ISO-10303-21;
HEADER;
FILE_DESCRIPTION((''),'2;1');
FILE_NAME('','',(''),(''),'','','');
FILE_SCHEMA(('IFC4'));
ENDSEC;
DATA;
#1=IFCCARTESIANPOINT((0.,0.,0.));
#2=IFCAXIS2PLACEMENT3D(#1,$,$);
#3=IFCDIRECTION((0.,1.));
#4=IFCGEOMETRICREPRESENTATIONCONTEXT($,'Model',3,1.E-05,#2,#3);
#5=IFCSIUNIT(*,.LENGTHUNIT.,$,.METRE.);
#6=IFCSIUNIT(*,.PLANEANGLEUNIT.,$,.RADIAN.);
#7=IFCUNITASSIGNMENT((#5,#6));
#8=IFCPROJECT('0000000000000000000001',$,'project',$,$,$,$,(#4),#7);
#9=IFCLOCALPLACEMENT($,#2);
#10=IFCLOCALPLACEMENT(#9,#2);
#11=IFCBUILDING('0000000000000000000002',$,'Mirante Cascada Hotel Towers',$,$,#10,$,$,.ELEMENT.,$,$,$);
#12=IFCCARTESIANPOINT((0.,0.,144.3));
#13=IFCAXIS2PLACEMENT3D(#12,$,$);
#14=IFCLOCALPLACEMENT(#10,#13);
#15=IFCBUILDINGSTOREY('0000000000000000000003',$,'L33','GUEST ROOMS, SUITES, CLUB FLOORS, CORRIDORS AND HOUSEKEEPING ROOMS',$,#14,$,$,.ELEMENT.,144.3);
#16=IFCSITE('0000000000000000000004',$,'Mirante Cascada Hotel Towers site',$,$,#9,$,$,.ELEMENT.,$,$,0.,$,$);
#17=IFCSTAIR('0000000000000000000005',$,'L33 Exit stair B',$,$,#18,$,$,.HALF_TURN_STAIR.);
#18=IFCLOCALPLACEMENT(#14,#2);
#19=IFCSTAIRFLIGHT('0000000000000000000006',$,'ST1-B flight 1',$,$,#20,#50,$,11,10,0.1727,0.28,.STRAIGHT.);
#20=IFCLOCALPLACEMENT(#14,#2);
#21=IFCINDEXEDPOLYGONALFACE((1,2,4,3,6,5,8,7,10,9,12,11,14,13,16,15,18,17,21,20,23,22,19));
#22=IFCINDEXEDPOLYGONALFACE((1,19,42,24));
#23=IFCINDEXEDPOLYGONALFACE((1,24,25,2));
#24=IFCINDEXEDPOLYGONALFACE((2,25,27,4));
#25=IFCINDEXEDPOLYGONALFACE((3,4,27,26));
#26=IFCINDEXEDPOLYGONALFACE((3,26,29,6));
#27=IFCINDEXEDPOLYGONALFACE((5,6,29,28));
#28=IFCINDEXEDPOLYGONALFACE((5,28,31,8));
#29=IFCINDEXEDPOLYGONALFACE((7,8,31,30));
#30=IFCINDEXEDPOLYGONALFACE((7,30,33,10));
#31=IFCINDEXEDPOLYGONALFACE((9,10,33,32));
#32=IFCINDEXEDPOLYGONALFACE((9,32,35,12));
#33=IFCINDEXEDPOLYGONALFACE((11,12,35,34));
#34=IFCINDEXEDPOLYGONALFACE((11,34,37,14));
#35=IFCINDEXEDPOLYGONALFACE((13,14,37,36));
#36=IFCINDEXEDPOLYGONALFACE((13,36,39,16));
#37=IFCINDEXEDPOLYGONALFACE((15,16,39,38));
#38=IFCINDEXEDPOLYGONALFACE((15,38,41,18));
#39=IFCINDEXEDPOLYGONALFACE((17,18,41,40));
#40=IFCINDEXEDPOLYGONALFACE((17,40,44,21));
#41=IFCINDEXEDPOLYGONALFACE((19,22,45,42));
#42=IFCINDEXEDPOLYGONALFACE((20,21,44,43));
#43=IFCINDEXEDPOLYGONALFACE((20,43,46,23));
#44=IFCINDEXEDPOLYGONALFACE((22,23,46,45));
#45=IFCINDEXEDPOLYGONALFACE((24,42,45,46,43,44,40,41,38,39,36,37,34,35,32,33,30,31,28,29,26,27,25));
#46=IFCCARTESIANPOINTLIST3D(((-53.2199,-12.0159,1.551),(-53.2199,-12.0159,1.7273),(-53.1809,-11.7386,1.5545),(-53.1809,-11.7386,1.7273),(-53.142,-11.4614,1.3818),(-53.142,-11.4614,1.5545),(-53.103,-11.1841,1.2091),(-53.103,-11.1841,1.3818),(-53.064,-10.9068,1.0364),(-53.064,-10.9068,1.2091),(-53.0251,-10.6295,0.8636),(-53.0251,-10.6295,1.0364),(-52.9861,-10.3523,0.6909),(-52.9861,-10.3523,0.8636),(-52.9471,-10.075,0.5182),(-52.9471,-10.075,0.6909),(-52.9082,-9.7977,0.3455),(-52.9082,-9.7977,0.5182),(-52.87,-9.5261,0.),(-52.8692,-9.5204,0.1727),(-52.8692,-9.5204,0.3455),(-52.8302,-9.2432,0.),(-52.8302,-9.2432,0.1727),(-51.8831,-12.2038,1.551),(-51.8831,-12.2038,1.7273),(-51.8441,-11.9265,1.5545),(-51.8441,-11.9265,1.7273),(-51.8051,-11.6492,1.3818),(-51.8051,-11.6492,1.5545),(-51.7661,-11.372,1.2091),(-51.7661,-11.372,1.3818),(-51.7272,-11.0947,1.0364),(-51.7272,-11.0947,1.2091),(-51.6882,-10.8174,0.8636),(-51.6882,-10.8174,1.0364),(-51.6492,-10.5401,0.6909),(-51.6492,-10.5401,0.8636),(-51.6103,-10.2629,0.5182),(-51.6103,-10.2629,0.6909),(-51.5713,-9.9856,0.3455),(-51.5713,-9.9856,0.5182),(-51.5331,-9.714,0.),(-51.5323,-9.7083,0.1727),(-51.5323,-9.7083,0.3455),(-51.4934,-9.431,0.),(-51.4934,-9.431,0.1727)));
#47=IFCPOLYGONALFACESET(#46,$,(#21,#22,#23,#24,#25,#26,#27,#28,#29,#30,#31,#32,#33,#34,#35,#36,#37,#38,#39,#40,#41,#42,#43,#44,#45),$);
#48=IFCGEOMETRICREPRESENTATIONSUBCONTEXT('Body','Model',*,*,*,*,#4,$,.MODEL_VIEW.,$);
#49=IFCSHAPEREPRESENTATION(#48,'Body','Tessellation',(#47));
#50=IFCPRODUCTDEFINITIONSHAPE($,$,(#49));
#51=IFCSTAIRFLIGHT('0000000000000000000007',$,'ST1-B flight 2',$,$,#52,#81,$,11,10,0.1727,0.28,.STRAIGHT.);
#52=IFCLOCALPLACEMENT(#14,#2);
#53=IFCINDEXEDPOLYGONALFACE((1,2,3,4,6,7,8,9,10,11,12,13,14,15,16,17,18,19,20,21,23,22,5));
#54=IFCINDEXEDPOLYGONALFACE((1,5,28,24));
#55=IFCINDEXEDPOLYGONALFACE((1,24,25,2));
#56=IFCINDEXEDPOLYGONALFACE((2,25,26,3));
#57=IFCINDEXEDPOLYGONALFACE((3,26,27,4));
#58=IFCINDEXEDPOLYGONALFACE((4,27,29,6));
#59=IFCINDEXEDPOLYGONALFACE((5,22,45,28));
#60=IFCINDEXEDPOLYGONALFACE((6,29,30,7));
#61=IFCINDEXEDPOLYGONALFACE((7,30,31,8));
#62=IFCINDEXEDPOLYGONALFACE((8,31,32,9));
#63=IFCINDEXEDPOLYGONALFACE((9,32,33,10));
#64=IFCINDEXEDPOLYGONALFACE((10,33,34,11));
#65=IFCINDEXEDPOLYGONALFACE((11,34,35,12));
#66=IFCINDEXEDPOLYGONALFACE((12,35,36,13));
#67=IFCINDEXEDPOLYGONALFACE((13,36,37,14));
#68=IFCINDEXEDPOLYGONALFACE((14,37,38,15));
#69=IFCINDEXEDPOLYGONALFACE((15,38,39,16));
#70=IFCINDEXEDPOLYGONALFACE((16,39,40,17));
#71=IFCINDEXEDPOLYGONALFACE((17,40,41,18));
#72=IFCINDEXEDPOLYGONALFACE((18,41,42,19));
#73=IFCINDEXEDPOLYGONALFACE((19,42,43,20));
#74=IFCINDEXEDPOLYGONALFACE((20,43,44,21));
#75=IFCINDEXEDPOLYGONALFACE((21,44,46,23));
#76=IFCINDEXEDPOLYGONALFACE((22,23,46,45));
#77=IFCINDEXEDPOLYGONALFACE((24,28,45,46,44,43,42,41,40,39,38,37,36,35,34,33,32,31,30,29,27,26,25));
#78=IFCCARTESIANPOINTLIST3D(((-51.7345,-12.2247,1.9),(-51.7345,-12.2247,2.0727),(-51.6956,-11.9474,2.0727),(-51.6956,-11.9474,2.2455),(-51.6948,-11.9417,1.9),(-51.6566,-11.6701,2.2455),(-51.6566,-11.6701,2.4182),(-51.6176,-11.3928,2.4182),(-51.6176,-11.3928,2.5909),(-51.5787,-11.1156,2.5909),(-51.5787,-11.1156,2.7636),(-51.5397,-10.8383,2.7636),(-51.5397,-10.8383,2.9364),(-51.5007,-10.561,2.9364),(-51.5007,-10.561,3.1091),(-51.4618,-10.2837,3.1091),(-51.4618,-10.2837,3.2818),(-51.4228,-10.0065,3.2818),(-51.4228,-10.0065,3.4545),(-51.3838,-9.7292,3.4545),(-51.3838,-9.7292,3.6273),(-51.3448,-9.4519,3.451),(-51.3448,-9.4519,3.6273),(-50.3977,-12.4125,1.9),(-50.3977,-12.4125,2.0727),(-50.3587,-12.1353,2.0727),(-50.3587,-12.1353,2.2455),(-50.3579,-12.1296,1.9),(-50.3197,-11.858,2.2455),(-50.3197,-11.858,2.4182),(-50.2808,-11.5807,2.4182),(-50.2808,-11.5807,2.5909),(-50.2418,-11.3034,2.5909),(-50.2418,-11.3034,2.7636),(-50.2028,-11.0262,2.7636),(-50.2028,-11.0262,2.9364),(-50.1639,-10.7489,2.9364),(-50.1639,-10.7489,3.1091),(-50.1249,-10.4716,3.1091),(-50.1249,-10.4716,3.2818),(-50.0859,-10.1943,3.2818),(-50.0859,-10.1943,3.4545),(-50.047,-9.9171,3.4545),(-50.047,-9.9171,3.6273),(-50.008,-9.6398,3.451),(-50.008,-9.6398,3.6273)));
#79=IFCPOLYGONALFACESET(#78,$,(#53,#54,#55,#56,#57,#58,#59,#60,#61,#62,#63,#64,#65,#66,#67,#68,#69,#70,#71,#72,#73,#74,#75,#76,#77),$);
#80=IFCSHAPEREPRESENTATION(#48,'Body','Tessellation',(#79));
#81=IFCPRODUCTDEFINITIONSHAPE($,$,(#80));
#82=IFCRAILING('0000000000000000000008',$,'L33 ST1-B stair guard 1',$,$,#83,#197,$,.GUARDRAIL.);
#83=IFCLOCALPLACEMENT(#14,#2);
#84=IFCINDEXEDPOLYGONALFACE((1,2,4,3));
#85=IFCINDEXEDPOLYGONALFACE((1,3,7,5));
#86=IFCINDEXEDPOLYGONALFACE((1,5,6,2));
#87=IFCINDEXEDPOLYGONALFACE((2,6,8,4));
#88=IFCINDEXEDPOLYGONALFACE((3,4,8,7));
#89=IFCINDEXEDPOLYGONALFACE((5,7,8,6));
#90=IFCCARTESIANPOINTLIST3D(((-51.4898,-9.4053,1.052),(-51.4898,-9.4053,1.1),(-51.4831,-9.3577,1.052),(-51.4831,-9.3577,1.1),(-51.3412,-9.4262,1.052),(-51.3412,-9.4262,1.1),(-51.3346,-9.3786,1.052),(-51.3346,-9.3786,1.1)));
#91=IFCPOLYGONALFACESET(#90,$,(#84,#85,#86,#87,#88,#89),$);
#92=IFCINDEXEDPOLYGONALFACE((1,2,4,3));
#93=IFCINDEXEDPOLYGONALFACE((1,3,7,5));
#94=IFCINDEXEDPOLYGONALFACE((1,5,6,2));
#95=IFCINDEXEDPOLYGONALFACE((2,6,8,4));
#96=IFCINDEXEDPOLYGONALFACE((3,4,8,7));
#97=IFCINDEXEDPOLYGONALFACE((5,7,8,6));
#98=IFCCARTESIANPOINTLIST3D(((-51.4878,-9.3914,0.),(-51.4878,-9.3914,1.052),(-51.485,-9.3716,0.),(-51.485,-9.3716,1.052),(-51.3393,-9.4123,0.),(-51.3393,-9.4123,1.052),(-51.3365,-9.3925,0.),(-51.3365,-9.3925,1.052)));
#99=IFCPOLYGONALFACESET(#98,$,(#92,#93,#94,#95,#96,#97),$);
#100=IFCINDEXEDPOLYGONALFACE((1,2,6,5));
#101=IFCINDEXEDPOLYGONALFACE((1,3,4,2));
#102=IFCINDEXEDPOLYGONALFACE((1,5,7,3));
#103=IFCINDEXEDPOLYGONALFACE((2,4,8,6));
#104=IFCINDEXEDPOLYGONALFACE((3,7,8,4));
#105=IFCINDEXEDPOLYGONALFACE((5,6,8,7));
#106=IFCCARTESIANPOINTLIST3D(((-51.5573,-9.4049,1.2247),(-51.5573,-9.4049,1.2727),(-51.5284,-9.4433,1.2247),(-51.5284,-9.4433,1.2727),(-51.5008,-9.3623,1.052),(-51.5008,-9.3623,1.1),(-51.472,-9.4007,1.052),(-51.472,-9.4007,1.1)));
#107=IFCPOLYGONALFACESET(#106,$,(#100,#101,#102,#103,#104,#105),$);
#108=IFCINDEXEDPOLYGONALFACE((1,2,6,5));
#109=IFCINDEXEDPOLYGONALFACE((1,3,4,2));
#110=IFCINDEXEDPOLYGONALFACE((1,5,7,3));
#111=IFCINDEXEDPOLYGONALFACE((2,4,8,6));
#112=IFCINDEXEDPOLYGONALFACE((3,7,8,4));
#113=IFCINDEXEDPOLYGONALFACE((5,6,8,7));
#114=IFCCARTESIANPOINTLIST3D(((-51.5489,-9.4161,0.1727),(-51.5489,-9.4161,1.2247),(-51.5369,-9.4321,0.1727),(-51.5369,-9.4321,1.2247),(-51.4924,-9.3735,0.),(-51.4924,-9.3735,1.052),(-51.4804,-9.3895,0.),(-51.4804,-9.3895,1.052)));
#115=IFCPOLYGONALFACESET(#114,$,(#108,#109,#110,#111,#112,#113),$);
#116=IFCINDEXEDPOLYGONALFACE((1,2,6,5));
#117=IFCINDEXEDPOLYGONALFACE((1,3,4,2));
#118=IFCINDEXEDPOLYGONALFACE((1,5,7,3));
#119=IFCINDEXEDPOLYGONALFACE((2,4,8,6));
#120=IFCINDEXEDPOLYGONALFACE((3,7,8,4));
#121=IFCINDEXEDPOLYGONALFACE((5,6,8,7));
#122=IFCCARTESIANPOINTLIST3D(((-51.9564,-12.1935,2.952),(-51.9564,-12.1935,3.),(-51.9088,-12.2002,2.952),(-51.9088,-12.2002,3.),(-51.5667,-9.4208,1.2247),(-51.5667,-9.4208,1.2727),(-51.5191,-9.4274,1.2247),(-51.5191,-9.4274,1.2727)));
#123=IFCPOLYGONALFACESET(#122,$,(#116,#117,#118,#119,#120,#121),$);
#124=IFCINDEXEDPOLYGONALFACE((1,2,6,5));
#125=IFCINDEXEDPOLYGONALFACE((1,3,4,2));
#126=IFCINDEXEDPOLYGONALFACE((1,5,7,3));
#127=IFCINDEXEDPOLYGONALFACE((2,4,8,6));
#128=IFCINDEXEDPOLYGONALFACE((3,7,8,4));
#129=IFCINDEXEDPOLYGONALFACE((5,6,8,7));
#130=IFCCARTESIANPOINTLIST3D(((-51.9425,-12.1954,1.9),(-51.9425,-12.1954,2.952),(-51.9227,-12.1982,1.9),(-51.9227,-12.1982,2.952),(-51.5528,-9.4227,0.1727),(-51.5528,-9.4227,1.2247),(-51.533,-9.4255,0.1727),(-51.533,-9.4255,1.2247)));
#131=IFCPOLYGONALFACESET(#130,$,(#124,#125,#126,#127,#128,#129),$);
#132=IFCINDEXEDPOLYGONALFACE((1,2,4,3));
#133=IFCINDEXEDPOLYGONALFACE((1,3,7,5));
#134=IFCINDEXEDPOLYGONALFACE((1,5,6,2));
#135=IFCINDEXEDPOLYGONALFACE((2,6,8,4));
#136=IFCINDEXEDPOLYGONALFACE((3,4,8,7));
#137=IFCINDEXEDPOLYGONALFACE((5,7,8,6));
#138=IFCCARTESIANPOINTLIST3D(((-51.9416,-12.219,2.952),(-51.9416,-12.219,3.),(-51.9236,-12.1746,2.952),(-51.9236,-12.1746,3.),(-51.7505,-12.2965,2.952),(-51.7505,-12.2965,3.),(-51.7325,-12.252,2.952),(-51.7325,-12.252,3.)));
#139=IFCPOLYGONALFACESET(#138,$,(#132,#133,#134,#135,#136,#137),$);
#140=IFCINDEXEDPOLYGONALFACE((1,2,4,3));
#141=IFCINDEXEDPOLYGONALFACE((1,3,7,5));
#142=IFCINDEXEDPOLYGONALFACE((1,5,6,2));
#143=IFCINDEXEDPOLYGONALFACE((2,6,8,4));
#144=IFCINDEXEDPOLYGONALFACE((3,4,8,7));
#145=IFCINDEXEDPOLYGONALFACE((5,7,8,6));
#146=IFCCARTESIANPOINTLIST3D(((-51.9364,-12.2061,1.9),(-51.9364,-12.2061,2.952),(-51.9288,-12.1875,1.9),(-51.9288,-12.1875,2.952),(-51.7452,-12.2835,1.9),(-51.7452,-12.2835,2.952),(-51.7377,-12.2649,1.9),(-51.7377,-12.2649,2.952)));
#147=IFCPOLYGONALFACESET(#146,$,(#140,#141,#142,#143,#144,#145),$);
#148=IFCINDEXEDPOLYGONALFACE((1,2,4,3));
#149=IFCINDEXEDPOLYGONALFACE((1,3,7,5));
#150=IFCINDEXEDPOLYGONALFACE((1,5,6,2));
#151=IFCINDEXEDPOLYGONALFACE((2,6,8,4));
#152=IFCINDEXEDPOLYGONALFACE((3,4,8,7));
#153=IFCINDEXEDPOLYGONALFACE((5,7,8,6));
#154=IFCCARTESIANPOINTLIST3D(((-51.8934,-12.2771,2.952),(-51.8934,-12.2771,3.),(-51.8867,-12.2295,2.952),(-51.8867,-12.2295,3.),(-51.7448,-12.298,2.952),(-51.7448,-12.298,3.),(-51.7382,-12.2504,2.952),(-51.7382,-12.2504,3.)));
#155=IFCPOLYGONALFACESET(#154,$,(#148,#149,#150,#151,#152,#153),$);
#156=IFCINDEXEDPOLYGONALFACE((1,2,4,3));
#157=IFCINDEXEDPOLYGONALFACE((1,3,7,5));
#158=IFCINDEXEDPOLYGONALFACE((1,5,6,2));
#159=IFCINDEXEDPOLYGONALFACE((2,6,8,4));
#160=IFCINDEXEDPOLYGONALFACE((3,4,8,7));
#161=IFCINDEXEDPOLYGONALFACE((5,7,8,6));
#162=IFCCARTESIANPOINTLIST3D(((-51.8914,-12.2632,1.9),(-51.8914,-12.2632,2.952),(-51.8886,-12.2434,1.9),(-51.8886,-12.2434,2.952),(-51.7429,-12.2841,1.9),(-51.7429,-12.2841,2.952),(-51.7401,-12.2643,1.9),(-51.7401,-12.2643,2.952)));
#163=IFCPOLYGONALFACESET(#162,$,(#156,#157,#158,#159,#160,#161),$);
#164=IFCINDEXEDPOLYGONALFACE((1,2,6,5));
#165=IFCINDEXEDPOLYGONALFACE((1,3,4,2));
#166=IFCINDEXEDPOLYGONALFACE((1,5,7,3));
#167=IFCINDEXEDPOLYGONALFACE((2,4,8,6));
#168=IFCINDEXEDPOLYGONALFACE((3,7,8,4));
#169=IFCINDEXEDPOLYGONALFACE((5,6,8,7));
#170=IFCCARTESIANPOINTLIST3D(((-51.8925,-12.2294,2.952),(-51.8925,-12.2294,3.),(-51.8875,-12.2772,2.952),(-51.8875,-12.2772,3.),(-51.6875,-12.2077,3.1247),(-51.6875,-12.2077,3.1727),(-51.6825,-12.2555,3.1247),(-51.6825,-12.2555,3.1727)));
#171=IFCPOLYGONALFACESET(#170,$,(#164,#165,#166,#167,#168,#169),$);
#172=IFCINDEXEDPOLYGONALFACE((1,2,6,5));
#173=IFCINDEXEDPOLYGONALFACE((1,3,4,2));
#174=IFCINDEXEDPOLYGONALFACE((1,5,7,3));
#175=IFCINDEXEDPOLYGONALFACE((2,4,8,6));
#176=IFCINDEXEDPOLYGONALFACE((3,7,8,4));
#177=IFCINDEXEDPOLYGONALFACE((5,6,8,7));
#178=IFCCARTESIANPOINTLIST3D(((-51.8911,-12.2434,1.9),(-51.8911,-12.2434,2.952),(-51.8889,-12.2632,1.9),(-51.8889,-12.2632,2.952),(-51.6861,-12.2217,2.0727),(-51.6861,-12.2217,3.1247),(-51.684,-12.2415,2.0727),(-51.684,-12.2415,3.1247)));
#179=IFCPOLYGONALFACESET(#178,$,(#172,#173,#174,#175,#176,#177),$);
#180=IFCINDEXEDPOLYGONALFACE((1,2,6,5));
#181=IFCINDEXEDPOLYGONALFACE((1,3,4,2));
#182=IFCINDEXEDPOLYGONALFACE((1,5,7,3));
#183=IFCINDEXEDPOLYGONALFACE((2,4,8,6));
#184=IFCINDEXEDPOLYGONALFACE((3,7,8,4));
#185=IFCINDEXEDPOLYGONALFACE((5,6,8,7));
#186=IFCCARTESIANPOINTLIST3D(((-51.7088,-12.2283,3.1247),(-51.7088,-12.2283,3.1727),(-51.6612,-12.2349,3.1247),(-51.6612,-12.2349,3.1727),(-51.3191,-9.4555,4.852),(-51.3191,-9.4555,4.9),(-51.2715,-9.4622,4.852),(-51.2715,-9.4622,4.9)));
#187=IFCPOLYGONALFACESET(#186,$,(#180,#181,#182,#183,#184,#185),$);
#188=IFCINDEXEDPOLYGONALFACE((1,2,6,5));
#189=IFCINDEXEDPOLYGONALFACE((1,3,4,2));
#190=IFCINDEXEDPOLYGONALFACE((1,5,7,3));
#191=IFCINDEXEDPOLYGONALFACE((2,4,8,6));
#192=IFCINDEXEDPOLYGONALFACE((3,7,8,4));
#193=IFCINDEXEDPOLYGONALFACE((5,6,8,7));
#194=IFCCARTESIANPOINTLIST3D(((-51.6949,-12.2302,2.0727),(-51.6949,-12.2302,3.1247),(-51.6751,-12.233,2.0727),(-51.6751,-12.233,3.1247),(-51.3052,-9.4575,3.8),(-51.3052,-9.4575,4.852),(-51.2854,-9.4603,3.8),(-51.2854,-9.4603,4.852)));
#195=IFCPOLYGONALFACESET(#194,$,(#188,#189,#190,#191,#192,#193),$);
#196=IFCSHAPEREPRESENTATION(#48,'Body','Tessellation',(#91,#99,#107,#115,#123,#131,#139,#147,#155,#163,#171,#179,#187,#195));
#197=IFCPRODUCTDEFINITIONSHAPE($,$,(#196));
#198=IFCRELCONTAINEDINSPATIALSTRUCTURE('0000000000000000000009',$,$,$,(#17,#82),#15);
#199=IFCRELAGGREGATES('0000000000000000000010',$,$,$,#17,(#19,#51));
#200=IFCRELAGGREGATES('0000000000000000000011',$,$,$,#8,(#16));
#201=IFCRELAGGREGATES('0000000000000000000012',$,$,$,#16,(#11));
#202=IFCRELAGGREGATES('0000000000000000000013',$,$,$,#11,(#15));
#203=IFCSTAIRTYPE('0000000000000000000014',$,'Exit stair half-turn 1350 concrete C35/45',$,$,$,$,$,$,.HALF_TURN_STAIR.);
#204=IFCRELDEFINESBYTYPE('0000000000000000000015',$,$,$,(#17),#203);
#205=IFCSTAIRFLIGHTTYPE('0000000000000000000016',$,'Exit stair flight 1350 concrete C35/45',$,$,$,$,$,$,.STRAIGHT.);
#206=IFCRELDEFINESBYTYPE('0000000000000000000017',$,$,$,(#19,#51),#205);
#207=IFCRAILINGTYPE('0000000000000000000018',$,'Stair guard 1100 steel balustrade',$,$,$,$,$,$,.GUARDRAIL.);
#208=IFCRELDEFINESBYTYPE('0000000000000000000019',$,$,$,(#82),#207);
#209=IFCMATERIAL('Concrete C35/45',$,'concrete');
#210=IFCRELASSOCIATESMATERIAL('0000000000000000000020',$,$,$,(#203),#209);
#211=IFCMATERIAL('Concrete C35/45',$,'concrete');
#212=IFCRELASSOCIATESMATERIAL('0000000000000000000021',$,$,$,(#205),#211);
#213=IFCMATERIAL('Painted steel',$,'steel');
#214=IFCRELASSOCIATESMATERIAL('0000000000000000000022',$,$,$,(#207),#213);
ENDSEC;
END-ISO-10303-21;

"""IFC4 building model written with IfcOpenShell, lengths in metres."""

from ifc_helpers import new_model, si_unit, direction, frame, origin, origin_2d, place, context, subcontext, project, spatial, polyline, rectangle, outline, extrude, material, type_object, element, aggregate, save


model = new_model("IFC4")

# Units and contexts
model_context = context("Model", 3, precision=1e-05, world=origin(), true_north=direction((0.0, 1.0)))
body_context = subcontext(model_context, "Body", "Model", "MODEL_VIEW")
ifc_project = project(units=[si_unit("LENGTHUNIT", "METRE"), si_unit("PLANEANGLEUNIT", "RADIAN")], contexts=[model_context])

# Site, building, storey
site_placement = place(None, origin())
site = spatial("IfcSite", under=ifc_project, at=site_placement, Name="Mirante Cascada Hotel Towers site", CompositionType="ELEMENT", RefElevation=0.0)
building_placement = place(site_placement, origin())
building = spatial("IfcBuilding", under=site, at=building_placement, Name="Mirante Cascada Hotel Towers", CompositionType="ELEMENT")
storey_placement = place(building_placement, frame((0.0, 0.0, 144.3)))
storey = spatial("IfcBuildingStorey", under=building, at=storey_placement, Name="L33", Description="GUEST ROOMS, SUITES, CLUB FLOORS, CORRIDORS AND HOUSEKEEPING ROOMS", CompositionType="ELEMENT", Elevation=144.3)

# Stair, stair flights
ifc_material_1 = material(Name="Concrete C35/45", Category="concrete")
stair_type = type_object("IfcStairType", Name="Exit stair half-turn 1350 concrete C35/45", PredefinedType="HALF_TURN_STAIR", material=ifc_material_1)
stair_placement = place(storey_placement, origin())
stair = element("IfcStair", 1, at=stair_placement, inside=storey, type_object=stair_type, Name="L33 Exit stair B", PredefinedType="HALF_TURN_STAIR")
ifc_material_2 = material(Name="Concrete C35/45", Category="concrete")
stair_flight_type = type_object("IfcStairFlightType", Name="Exit stair flight 1350 concrete C35/45", PredefinedType="STRAIGHT", material=ifc_material_2)
stair_flight_1_placement = place(storey_placement, frame((-52.1618, -9.3371, 0.0), z_axis=(0.0, 0.0, 1.0), x_axis=(-0.139173, -0.990268, 0.0)))
stair_flight_1 = element("IfcStairFlight", 2, at=stair_flight_1_placement, type_object=stair_flight_type, Name="ST1-B flight 1", NumberOfRisers=11, NumberOfTreads=10, PredefinedType="STRAIGHT", RiserHeight=0.1727, TreadLength=0.28, context=body_context, shape_type="SweptSolid", body=[
    extrude(outline(polyline([(0.0, 0.0), (0.0, 0.1727), (0.28, 0.1727), (0.28, 0.3455), (0.56, 0.3455), (0.56, 0.5182), (0.84, 0.5182), (0.84, 0.6909), (1.12, 0.6909), (1.12, 0.8636), (1.4, 0.8636), (1.4, 1.0364), (1.68, 1.0364), (1.68, 1.2091), (1.96, 1.2091), (1.96, 1.3818), (2.24, 1.3818), (2.24, 1.5545), (2.52, 1.5545), (2.52, 1.7273), (2.8, 1.7273), (2.8, 1.9), (2.8, 1.551), (0.2857, 0.0), (0.0, 0.0)])), frame((0.0, 0.675, 0.0), z_axis=(0.0, -1.0, 0.0), x_axis=(1.0, 0.0, 0.0)), (0.0, 0.0, 1.0), 1.35),
])
stair_flight_2_placement = place(storey_placement, frame((-51.0661, -12.3186, 1.9), z_axis=(0.0, 0.0, 1.0), x_axis=(0.139173, 0.990268, 0.0)))
stair_flight_2 = element("IfcStairFlight", 3, at=stair_flight_2_placement, type_object=stair_flight_type, Name="ST1-B flight 2", NumberOfRisers=11, NumberOfTreads=10, PredefinedType="STRAIGHT", RiserHeight=0.1727, TreadLength=0.28, context=body_context, shape_type="SweptSolid", body=[
    extrude(outline(polyline([(0.0, 0.0), (0.0, 0.1727), (0.28, 0.1727), (0.28, 0.3455), (0.56, 0.3455), (0.56, 0.5182), (0.84, 0.5182), (0.84, 0.6909), (1.12, 0.6909), (1.12, 0.8636), (1.4, 0.8636), (1.4, 1.0364), (1.68, 1.0364), (1.68, 1.2091), (1.96, 1.2091), (1.96, 1.3818), (2.24, 1.3818), (2.24, 1.5545), (2.52, 1.5545), (2.52, 1.7273), (2.8, 1.7273), (2.8, 1.9), (2.8, 1.551), (0.2857, 0.0), (0.0, 0.0)])), frame((0.0, 0.675, 0.0), z_axis=(0.0, -1.0, 0.0), x_axis=(1.0, 0.0, 0.0)), (0.0, 0.0, 1.0), 1.35),
])
aggregate(stair, [stair_flight_1, stair_flight_2])

# Railing
ifc_material_3 = material(Name="Painted steel", Category="steel")
railing_type_1 = type_object("IfcRailingType", Name="Stair guard 1100 steel balustrade", PredefinedType="GUARDRAIL", material=ifc_material_3)
railing_1_placement = place(storey_placement, frame((-51.3379, -9.4024, 0.0)))
element("IfcRailing", 4, at=railing_1_placement, inside=storey, type_object=railing_type_1, Name="L33 ST1-B stair guard 1", PredefinedType="GUARDRAIL", context=body_context, shape_type="SweptSolid", body=[
    extrude(rectangle(XDim=0.048, YDim=0.048, at=origin_2d()), frame((0.0, 0.0, 1.076), z_axis=(-0.990241, 0.139367, 0.0), x_axis=(-0.139367, -0.990241, 0.0)), (0.0, 0.0, 1.0), 0.15),
    extrude(rectangle(XDim=0.02, YDim=1.052, at=origin_2d()), frame((0.0, 0.0, 0.526), z_axis=(-0.990241, 0.139367, 0.0), x_axis=(-0.139367, -0.990241, 0.0)), (0.0, 0.0, 1.0), 0.15),
    extrude(rectangle(XDim=0.048, YDim=0.048, at=origin_2d()), frame((-0.1485, 0.0209, 1.076), z_axis=(-0.798471, -0.602033, 0.0), x_axis=(0.602033, -0.798471, 0.0)), (0.0, 0.92534, 0.379139), 0.1866),
    extrude(rectangle(XDim=0.02, YDim=1.052, at=origin_2d()), frame((-0.1485, 0.0209, 0.526), z_axis=(-0.798471, -0.602033, 0.0), x_axis=(0.602033, -0.798471, 0.0)), (0.0, 0.92534, 0.379139), 0.1866),
    extrude(rectangle(XDim=0.048, YDim=0.048, at=origin_2d()), frame((-0.205, -0.0217, 1.2487), z_axis=(-0.139181, -0.990267, 0.0), x_axis=(0.990267, -0.139181, 0.0)), (0.0, 0.525035, 0.851081), 3.2899),
    extrude(rectangle(XDim=0.02, YDim=1.052, at=origin_2d()), frame((-0.205, -0.0217, 0.6987), z_axis=(-0.139181, -0.990267, 0.0), x_axis=(0.990267, -0.139181, 0.0)), (0.0, 0.525035, 0.851081), 3.2899),
    extrude(rectangle(XDim=0.048, YDim=0.048, at=origin_2d()), frame((-0.5947, -2.7944, 2.976), z_axis=(0.926862, -0.375401, 0.0), x_axis=(0.375401, 0.926862, 0.0)), (0.0, 0.0, 1.0), 0.2062),
    extrude(rectangle(XDim=0.02, YDim=1.052, at=origin_2d()), frame((-0.5947, -2.7944, 2.426), z_axis=(0.926862, -0.375401, 0.0), x_axis=(0.375401, 0.926862, 0.0)), (0.0, 0.0, 1.0), 0.2062),
    extrude(rectangle(XDim=0.048, YDim=0.048, at=origin_2d()), frame((-0.4036, -2.8718, 2.976), z_axis=(-0.990241, 0.139367, 0.0), x_axis=(-0.139367, -0.990241, 0.0)), (0.0, 0.0, 1.0), 0.15),
    extrude(rectangle(XDim=0.02, YDim=1.052, at=origin_2d()), frame((-0.4036, -2.8718, 2.426), z_axis=(-0.990241, 0.139367, 0.0), x_axis=(-0.139367, -0.990241, 0.0)), (0.0, 0.0, 1.0), 0.15),
    extrude(rectangle(XDim=0.048, YDim=0.048, at=origin_2d()), frame((-0.5521, -2.8509, 2.976), z_axis=(0.994444, 0.105266, 0.0), x_axis=(-0.105266, 0.994444, 0.0)), (0.0, 0.642184, 0.76655), 0.2689),
    extrude(rectangle(XDim=0.02, YDim=1.052, at=origin_2d()), frame((-0.5521, -2.8509, 2.426), z_axis=(0.994444, 0.105266, 0.0), x_axis=(-0.105266, 0.994444, 0.0)), (0.0, 0.642184, 0.76655), 0.2689),
    extrude(rectangle(XDim=0.048, YDim=0.048, at=origin_2d()), frame((-0.3471, -2.8292, 3.1487), z_axis=(0.139181, 0.990267, 0.0), x_axis=(-0.990267, 0.139181, 0.0)), (0.0, 0.525035, 0.851081), 3.2899),
    extrude(rectangle(XDim=0.02, YDim=1.052, at=origin_2d()), frame((-0.3471, -2.8292, 2.5987), z_axis=(0.139181, 0.990267, 0.0), x_axis=(-0.990267, 0.139181, 0.0)), (0.0, 0.525035, 0.851081), 3.2899),
])

save(model, "model.ifc")
